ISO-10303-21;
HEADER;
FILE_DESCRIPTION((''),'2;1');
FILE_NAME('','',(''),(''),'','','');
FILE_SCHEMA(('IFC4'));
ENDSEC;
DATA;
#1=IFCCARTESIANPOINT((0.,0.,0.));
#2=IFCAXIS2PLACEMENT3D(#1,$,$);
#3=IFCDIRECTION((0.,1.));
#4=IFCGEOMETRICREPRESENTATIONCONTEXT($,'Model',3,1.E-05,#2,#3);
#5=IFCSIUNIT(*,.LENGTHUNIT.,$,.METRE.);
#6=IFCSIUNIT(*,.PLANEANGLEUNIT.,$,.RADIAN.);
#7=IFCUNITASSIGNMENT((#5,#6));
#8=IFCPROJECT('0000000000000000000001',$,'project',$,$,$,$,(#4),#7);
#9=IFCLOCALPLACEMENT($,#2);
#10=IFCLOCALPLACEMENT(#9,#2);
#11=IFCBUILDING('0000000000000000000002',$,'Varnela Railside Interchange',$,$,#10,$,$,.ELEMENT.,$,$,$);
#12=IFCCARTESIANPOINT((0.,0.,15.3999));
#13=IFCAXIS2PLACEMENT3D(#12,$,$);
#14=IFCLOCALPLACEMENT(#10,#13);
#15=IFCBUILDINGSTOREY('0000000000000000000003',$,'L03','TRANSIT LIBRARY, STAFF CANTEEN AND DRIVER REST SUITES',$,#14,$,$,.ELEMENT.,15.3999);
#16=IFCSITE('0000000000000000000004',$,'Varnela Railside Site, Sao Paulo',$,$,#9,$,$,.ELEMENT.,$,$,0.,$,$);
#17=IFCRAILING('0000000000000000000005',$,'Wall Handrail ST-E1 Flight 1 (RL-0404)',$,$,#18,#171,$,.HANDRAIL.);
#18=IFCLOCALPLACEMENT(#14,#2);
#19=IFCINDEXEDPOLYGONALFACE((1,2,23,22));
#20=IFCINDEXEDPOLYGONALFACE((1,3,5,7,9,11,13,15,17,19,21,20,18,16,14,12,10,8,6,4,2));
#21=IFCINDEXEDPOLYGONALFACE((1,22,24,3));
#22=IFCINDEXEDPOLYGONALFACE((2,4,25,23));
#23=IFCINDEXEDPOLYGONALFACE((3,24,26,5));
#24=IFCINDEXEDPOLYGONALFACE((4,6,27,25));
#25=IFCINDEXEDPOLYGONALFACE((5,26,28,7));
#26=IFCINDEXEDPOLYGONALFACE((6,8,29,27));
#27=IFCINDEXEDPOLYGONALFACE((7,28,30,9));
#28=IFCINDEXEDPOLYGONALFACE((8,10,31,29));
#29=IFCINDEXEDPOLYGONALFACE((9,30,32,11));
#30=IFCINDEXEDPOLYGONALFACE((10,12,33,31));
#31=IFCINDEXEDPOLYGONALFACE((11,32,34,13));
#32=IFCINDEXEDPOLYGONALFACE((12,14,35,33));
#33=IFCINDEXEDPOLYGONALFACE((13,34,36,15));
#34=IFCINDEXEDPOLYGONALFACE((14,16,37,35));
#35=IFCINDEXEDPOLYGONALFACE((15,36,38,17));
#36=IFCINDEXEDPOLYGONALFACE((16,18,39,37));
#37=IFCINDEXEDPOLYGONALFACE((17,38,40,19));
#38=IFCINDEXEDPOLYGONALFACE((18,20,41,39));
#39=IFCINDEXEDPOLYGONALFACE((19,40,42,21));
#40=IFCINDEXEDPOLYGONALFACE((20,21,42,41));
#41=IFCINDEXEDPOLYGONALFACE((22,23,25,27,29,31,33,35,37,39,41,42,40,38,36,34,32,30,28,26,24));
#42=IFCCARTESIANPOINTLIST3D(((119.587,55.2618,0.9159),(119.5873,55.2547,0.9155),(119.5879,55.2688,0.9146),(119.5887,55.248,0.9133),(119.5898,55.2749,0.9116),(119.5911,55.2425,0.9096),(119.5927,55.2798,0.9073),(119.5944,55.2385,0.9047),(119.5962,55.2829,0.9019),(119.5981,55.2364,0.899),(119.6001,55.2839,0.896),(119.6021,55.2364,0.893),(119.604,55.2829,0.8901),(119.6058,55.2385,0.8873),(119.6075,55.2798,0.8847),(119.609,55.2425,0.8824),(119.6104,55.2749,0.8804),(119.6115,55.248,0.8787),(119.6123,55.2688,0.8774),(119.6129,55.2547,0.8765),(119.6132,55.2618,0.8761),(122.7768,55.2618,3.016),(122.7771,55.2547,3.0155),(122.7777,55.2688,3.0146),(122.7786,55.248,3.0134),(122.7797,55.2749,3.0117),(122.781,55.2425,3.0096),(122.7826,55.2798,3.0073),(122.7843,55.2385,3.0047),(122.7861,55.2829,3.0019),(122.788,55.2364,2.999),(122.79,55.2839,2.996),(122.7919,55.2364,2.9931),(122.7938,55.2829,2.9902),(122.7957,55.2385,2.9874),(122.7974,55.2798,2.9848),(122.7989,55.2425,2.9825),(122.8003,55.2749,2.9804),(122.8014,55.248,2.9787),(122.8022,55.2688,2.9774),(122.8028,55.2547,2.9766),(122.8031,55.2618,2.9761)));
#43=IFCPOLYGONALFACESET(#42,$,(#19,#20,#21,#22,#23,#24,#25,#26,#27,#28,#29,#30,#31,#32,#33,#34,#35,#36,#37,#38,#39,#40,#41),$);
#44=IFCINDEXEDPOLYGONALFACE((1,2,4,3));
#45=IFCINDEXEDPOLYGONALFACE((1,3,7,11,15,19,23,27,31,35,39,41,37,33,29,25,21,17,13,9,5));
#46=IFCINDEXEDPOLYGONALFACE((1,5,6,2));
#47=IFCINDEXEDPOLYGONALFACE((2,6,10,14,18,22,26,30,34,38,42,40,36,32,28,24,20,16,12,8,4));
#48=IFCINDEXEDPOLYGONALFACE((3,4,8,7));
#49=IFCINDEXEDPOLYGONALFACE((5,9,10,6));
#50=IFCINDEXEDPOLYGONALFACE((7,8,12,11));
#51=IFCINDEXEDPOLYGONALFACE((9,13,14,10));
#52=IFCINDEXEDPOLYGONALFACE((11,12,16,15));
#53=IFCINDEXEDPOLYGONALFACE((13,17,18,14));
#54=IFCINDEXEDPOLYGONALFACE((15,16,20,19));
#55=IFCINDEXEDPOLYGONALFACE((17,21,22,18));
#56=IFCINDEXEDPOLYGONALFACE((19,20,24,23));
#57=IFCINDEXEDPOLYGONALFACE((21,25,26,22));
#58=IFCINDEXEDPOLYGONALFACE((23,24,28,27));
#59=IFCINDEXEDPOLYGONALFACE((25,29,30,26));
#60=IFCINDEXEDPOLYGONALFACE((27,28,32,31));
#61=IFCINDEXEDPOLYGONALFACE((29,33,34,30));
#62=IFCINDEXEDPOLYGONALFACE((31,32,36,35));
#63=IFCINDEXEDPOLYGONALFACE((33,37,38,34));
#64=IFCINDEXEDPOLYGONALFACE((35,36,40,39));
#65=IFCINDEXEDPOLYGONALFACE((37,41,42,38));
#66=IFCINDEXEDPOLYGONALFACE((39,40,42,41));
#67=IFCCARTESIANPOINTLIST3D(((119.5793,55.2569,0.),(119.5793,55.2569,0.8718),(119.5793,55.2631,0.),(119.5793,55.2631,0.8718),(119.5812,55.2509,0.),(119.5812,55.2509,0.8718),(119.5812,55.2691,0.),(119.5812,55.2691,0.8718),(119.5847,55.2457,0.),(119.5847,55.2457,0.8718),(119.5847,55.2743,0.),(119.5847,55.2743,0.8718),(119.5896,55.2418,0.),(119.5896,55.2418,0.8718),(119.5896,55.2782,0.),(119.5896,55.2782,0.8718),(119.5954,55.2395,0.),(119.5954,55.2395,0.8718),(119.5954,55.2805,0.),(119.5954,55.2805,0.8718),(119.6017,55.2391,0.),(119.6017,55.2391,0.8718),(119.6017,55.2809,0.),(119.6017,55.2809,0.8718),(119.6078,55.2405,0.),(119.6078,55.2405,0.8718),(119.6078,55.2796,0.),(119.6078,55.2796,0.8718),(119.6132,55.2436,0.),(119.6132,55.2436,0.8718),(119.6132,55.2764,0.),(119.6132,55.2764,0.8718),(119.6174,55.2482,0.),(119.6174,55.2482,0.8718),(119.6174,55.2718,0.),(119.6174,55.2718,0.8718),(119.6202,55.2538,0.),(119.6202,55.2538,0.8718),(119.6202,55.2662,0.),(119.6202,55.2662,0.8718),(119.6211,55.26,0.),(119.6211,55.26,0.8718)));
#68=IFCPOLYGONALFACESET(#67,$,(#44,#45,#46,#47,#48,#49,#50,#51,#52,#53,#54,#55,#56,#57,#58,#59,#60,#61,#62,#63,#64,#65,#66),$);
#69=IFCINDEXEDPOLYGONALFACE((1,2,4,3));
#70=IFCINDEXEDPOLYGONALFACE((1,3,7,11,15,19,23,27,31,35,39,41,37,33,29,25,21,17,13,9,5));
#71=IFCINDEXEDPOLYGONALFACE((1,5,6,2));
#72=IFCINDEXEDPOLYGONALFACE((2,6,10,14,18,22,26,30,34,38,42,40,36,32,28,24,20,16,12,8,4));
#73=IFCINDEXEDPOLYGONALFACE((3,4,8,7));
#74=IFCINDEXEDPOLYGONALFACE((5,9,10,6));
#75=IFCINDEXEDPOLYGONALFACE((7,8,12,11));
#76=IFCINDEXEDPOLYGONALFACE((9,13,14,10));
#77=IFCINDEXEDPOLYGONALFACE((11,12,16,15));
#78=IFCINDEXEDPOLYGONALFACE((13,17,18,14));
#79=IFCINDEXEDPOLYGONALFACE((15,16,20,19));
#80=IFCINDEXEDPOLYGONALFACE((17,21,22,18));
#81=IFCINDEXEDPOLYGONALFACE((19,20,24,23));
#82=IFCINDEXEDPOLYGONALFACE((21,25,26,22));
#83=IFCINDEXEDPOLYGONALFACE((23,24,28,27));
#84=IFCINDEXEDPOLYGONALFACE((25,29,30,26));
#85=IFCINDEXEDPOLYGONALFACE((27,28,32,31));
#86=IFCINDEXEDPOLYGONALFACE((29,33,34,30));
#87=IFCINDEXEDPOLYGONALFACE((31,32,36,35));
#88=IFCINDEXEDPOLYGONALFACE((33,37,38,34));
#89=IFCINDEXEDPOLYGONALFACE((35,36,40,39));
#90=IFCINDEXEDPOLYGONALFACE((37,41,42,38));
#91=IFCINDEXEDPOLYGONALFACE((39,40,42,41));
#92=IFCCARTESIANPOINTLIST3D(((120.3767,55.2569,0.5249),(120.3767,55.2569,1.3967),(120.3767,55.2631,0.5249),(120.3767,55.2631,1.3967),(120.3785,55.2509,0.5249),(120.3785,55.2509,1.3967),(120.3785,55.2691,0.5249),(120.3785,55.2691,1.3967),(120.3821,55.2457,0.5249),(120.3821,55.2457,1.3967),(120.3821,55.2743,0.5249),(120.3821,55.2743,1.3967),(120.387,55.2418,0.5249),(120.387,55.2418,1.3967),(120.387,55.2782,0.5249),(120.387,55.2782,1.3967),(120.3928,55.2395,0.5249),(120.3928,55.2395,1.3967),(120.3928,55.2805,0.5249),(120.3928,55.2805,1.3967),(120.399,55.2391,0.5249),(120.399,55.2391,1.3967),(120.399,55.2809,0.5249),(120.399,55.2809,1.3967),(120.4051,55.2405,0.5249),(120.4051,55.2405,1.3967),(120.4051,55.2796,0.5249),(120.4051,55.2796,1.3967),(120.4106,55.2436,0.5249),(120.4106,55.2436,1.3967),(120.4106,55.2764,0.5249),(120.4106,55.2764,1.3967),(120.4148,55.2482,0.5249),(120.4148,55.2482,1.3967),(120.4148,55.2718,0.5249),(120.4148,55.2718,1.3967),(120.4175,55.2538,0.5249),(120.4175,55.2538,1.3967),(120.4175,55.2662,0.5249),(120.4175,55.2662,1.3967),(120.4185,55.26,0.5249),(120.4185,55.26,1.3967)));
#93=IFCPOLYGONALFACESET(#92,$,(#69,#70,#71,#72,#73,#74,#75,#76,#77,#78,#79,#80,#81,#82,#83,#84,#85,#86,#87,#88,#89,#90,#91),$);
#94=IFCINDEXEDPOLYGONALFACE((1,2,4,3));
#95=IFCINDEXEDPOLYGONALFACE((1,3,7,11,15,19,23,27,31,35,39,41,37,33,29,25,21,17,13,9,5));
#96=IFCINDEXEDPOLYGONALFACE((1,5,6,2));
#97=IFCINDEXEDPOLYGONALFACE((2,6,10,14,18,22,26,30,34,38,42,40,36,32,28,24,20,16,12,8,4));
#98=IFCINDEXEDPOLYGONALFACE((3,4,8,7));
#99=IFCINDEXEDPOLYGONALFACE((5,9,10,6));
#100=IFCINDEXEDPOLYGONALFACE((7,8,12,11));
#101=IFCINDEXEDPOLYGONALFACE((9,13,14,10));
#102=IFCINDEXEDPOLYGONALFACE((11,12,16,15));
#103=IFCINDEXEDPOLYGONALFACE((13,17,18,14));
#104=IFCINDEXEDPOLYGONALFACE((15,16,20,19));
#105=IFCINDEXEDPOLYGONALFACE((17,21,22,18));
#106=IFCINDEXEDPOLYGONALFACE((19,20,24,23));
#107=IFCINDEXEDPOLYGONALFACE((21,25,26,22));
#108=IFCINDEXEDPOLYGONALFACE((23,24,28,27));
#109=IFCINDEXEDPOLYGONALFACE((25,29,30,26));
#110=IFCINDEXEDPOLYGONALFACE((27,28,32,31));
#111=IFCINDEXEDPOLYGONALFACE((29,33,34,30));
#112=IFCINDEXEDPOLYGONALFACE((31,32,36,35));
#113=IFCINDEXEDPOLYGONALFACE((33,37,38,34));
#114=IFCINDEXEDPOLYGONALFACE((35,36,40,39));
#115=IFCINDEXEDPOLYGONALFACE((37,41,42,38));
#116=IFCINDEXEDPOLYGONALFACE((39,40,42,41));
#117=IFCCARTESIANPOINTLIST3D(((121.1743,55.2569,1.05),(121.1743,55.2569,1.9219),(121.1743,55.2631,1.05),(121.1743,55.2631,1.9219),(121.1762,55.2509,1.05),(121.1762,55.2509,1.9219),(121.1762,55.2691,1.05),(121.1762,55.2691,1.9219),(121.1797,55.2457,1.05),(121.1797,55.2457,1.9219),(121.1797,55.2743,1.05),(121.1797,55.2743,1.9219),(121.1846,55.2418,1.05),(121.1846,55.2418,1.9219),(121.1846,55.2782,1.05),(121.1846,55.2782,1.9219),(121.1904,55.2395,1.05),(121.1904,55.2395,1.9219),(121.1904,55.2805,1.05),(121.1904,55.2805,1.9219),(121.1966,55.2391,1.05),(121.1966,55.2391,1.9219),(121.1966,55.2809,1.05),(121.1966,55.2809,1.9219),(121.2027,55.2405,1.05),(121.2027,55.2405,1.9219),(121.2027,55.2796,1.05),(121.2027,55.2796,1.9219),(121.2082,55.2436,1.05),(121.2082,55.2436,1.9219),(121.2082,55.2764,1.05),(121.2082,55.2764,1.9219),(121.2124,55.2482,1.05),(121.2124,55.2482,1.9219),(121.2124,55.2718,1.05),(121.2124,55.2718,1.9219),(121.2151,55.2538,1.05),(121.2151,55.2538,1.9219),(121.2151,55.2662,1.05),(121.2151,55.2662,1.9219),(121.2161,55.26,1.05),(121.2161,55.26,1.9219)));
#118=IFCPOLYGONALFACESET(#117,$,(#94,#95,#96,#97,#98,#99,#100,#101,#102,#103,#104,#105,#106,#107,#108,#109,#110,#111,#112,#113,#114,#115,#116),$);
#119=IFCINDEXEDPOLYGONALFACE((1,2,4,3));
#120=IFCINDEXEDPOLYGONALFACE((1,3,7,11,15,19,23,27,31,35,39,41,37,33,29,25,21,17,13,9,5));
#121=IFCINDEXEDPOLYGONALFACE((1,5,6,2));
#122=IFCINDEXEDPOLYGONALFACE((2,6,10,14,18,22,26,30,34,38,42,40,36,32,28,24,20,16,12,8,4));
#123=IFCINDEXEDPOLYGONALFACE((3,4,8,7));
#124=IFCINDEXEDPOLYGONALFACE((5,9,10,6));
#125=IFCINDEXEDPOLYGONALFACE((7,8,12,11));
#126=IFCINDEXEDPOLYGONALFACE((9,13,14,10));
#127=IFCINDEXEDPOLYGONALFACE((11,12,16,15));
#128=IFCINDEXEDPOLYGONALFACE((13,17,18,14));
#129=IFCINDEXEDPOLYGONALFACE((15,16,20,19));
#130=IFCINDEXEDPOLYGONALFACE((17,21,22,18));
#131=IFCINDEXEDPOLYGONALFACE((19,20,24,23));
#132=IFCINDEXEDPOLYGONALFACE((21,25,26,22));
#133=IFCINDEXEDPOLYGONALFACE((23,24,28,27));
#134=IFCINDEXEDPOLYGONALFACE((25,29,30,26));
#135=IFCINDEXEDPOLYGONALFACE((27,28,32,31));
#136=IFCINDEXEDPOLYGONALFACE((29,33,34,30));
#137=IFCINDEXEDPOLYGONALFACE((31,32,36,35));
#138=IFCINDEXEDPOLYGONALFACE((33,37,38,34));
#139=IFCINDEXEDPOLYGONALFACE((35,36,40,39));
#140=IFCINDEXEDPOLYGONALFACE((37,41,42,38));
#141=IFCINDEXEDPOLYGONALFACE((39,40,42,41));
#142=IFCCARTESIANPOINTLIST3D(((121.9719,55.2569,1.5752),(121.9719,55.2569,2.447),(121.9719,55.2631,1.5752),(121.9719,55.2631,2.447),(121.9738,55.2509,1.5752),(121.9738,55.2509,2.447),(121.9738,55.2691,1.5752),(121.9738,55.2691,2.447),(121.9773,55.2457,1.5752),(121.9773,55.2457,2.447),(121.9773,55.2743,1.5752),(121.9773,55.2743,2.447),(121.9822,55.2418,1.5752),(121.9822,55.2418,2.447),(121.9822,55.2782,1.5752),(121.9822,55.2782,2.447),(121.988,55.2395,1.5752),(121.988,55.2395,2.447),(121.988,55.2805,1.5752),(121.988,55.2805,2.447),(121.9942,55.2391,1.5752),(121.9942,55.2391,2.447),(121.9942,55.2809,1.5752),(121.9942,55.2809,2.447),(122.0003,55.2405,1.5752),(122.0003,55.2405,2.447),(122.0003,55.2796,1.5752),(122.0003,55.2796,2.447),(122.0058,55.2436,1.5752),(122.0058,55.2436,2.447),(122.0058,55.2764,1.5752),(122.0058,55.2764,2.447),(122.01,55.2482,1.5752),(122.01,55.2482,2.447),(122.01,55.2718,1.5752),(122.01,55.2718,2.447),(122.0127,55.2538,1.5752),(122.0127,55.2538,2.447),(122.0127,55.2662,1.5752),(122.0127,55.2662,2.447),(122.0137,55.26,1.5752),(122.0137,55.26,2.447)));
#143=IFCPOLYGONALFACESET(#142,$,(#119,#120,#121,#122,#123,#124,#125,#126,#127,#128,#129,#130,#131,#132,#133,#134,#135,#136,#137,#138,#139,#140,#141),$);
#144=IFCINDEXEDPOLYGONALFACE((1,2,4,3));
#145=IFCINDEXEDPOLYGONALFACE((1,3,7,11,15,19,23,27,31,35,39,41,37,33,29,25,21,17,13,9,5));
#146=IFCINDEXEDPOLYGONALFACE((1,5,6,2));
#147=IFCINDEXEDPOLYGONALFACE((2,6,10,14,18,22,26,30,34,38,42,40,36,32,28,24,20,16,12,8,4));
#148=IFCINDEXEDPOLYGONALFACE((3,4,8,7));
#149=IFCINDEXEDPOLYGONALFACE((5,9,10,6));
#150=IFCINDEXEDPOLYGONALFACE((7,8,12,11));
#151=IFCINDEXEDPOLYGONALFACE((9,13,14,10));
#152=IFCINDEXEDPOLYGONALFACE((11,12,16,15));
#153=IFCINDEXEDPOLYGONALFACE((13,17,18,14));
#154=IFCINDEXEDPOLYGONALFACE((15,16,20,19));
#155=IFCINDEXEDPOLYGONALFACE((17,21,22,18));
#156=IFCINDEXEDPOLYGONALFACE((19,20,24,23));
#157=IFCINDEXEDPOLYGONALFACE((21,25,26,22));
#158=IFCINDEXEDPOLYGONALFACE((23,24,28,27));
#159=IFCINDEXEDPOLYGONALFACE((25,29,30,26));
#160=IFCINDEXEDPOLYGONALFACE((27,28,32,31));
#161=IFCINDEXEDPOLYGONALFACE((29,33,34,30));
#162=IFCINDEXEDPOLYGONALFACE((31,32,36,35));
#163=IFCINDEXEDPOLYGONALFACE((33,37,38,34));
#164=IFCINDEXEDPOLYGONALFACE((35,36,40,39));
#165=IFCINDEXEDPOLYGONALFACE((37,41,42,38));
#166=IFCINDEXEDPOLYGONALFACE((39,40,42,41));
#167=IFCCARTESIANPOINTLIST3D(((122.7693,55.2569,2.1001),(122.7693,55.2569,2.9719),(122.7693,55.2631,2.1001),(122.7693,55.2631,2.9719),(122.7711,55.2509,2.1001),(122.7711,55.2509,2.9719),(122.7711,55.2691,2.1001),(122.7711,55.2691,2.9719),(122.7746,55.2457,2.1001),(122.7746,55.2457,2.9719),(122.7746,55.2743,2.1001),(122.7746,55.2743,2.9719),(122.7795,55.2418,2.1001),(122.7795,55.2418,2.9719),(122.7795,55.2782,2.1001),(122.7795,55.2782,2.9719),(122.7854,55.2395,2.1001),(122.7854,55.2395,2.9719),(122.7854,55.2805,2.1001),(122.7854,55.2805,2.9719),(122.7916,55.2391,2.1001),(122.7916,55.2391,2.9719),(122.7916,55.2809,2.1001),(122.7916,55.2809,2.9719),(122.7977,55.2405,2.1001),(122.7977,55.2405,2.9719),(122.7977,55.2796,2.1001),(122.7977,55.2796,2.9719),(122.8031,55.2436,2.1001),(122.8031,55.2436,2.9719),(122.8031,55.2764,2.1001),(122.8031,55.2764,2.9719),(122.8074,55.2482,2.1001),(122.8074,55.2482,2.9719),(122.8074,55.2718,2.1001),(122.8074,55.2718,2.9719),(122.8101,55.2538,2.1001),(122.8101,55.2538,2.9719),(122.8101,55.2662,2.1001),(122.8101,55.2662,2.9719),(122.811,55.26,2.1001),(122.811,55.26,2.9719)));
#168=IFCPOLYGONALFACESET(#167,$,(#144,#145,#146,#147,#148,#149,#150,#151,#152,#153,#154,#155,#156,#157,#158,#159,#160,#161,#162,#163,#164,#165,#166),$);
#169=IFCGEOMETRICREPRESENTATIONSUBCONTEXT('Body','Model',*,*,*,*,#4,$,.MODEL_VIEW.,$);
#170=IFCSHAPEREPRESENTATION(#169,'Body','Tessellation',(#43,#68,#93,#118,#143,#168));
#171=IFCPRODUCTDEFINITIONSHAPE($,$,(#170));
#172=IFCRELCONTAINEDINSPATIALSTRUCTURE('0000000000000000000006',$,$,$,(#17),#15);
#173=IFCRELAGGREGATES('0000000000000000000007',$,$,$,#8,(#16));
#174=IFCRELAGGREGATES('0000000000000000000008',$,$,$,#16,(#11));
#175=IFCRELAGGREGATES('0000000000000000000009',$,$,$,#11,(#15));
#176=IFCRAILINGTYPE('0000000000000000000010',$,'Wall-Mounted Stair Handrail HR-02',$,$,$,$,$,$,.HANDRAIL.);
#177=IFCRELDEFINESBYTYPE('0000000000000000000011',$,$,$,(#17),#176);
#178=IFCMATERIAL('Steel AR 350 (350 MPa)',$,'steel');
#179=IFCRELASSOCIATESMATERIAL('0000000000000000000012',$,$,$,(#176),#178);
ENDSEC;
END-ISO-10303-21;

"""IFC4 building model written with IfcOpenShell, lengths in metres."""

from ifc_helpers import new_model, si_unit, direction, frame, origin, origin_2d, place, context, subcontext, project, spatial, circle, extrude, material, type_object, element, save


model = new_model("IFC4")

# Units and contexts
model_context = context("Model", 3, precision=1e-05, world=origin(), true_north=direction((0.0, 1.0)))
body_context = subcontext(model_context, "Body", "Model", "MODEL_VIEW")
ifc_project = project(units=[si_unit("LENGTHUNIT", "METRE"), si_unit("PLANEANGLEUNIT", "RADIAN")], contexts=[model_context])

# Site, building, storey
site_placement = place(None, origin())
site = spatial("IfcSite", under=ifc_project, at=site_placement, Name="Varnela Railside Site, Sao Paulo", CompositionType="ELEMENT", RefElevation=0.0)
building_placement = place(site_placement, origin())
building = spatial("IfcBuilding", under=site, at=building_placement, Name="Varnela Railside Interchange", CompositionType="ELEMENT")
storey_placement = place(building_placement, frame((0.0, 0.0, 15.3999)))
storey = spatial("IfcBuildingStorey", under=building, at=storey_placement, Name="L03", Description="TRANSIT LIBRARY, STAFF CANTEEN AND DRIVER REST SUITES", CompositionType="ELEMENT", Elevation=15.3999)

# Shared definitions
ifc_material_1 = material(Name="Steel AR 350 (350 MPa)", Category="steel")

# Railing
railing_type_1 = type_object("IfcRailingType", Name="Wall-Mounted Stair Handrail HR-02", PredefinedType="HANDRAIL", material=ifc_material_1)
railing_1_placement = place(storey_placement, frame((119.6001, 55.26, 0.0)))
element("IfcRailing", 1, at=railing_1_placement, inside=storey, type_object=railing_type_1, Name="Wall Handrail ST-E1 Flight 1 (RL-0404)", PredefinedType="HANDRAIL", context=body_context, shape_type="SweptSolid", body=[
    extrude(circle(Radius=0.0239, at=origin_2d()), frame((0.0, 0.0, 0.896), z_axis=(0.835242, 0.0, 0.549882), x_axis=(0.0, 1.0, 0.0)), (0.0, 0.0, 1.0), 3.8191),
    extrude(circle(Radius=0.021, at=origin_2d()), origin(), (0.0, 0.0, 1.0), 0.8718),
    extrude(circle(Radius=0.021, at=origin_2d()), frame((0.7974, 0.0, 0.5249)), (0.0, 0.0, 1.0), 0.8718),
    extrude(circle(Radius=0.021, at=origin_2d()), frame((1.595, 0.0, 1.05)), (0.0, 0.0, 1.0), 0.8718),
    extrude(circle(Radius=0.021, at=origin_2d()), frame((2.3926, 0.0, 1.5752)), (0.0, 0.0, 1.0), 0.8718),
    extrude(circle(Radius=0.021, at=origin_2d()), frame((3.1899, 0.0, 2.1001)), (0.0, 0.0, 1.0), 0.8718),
])

save(model, "model.ifc")
